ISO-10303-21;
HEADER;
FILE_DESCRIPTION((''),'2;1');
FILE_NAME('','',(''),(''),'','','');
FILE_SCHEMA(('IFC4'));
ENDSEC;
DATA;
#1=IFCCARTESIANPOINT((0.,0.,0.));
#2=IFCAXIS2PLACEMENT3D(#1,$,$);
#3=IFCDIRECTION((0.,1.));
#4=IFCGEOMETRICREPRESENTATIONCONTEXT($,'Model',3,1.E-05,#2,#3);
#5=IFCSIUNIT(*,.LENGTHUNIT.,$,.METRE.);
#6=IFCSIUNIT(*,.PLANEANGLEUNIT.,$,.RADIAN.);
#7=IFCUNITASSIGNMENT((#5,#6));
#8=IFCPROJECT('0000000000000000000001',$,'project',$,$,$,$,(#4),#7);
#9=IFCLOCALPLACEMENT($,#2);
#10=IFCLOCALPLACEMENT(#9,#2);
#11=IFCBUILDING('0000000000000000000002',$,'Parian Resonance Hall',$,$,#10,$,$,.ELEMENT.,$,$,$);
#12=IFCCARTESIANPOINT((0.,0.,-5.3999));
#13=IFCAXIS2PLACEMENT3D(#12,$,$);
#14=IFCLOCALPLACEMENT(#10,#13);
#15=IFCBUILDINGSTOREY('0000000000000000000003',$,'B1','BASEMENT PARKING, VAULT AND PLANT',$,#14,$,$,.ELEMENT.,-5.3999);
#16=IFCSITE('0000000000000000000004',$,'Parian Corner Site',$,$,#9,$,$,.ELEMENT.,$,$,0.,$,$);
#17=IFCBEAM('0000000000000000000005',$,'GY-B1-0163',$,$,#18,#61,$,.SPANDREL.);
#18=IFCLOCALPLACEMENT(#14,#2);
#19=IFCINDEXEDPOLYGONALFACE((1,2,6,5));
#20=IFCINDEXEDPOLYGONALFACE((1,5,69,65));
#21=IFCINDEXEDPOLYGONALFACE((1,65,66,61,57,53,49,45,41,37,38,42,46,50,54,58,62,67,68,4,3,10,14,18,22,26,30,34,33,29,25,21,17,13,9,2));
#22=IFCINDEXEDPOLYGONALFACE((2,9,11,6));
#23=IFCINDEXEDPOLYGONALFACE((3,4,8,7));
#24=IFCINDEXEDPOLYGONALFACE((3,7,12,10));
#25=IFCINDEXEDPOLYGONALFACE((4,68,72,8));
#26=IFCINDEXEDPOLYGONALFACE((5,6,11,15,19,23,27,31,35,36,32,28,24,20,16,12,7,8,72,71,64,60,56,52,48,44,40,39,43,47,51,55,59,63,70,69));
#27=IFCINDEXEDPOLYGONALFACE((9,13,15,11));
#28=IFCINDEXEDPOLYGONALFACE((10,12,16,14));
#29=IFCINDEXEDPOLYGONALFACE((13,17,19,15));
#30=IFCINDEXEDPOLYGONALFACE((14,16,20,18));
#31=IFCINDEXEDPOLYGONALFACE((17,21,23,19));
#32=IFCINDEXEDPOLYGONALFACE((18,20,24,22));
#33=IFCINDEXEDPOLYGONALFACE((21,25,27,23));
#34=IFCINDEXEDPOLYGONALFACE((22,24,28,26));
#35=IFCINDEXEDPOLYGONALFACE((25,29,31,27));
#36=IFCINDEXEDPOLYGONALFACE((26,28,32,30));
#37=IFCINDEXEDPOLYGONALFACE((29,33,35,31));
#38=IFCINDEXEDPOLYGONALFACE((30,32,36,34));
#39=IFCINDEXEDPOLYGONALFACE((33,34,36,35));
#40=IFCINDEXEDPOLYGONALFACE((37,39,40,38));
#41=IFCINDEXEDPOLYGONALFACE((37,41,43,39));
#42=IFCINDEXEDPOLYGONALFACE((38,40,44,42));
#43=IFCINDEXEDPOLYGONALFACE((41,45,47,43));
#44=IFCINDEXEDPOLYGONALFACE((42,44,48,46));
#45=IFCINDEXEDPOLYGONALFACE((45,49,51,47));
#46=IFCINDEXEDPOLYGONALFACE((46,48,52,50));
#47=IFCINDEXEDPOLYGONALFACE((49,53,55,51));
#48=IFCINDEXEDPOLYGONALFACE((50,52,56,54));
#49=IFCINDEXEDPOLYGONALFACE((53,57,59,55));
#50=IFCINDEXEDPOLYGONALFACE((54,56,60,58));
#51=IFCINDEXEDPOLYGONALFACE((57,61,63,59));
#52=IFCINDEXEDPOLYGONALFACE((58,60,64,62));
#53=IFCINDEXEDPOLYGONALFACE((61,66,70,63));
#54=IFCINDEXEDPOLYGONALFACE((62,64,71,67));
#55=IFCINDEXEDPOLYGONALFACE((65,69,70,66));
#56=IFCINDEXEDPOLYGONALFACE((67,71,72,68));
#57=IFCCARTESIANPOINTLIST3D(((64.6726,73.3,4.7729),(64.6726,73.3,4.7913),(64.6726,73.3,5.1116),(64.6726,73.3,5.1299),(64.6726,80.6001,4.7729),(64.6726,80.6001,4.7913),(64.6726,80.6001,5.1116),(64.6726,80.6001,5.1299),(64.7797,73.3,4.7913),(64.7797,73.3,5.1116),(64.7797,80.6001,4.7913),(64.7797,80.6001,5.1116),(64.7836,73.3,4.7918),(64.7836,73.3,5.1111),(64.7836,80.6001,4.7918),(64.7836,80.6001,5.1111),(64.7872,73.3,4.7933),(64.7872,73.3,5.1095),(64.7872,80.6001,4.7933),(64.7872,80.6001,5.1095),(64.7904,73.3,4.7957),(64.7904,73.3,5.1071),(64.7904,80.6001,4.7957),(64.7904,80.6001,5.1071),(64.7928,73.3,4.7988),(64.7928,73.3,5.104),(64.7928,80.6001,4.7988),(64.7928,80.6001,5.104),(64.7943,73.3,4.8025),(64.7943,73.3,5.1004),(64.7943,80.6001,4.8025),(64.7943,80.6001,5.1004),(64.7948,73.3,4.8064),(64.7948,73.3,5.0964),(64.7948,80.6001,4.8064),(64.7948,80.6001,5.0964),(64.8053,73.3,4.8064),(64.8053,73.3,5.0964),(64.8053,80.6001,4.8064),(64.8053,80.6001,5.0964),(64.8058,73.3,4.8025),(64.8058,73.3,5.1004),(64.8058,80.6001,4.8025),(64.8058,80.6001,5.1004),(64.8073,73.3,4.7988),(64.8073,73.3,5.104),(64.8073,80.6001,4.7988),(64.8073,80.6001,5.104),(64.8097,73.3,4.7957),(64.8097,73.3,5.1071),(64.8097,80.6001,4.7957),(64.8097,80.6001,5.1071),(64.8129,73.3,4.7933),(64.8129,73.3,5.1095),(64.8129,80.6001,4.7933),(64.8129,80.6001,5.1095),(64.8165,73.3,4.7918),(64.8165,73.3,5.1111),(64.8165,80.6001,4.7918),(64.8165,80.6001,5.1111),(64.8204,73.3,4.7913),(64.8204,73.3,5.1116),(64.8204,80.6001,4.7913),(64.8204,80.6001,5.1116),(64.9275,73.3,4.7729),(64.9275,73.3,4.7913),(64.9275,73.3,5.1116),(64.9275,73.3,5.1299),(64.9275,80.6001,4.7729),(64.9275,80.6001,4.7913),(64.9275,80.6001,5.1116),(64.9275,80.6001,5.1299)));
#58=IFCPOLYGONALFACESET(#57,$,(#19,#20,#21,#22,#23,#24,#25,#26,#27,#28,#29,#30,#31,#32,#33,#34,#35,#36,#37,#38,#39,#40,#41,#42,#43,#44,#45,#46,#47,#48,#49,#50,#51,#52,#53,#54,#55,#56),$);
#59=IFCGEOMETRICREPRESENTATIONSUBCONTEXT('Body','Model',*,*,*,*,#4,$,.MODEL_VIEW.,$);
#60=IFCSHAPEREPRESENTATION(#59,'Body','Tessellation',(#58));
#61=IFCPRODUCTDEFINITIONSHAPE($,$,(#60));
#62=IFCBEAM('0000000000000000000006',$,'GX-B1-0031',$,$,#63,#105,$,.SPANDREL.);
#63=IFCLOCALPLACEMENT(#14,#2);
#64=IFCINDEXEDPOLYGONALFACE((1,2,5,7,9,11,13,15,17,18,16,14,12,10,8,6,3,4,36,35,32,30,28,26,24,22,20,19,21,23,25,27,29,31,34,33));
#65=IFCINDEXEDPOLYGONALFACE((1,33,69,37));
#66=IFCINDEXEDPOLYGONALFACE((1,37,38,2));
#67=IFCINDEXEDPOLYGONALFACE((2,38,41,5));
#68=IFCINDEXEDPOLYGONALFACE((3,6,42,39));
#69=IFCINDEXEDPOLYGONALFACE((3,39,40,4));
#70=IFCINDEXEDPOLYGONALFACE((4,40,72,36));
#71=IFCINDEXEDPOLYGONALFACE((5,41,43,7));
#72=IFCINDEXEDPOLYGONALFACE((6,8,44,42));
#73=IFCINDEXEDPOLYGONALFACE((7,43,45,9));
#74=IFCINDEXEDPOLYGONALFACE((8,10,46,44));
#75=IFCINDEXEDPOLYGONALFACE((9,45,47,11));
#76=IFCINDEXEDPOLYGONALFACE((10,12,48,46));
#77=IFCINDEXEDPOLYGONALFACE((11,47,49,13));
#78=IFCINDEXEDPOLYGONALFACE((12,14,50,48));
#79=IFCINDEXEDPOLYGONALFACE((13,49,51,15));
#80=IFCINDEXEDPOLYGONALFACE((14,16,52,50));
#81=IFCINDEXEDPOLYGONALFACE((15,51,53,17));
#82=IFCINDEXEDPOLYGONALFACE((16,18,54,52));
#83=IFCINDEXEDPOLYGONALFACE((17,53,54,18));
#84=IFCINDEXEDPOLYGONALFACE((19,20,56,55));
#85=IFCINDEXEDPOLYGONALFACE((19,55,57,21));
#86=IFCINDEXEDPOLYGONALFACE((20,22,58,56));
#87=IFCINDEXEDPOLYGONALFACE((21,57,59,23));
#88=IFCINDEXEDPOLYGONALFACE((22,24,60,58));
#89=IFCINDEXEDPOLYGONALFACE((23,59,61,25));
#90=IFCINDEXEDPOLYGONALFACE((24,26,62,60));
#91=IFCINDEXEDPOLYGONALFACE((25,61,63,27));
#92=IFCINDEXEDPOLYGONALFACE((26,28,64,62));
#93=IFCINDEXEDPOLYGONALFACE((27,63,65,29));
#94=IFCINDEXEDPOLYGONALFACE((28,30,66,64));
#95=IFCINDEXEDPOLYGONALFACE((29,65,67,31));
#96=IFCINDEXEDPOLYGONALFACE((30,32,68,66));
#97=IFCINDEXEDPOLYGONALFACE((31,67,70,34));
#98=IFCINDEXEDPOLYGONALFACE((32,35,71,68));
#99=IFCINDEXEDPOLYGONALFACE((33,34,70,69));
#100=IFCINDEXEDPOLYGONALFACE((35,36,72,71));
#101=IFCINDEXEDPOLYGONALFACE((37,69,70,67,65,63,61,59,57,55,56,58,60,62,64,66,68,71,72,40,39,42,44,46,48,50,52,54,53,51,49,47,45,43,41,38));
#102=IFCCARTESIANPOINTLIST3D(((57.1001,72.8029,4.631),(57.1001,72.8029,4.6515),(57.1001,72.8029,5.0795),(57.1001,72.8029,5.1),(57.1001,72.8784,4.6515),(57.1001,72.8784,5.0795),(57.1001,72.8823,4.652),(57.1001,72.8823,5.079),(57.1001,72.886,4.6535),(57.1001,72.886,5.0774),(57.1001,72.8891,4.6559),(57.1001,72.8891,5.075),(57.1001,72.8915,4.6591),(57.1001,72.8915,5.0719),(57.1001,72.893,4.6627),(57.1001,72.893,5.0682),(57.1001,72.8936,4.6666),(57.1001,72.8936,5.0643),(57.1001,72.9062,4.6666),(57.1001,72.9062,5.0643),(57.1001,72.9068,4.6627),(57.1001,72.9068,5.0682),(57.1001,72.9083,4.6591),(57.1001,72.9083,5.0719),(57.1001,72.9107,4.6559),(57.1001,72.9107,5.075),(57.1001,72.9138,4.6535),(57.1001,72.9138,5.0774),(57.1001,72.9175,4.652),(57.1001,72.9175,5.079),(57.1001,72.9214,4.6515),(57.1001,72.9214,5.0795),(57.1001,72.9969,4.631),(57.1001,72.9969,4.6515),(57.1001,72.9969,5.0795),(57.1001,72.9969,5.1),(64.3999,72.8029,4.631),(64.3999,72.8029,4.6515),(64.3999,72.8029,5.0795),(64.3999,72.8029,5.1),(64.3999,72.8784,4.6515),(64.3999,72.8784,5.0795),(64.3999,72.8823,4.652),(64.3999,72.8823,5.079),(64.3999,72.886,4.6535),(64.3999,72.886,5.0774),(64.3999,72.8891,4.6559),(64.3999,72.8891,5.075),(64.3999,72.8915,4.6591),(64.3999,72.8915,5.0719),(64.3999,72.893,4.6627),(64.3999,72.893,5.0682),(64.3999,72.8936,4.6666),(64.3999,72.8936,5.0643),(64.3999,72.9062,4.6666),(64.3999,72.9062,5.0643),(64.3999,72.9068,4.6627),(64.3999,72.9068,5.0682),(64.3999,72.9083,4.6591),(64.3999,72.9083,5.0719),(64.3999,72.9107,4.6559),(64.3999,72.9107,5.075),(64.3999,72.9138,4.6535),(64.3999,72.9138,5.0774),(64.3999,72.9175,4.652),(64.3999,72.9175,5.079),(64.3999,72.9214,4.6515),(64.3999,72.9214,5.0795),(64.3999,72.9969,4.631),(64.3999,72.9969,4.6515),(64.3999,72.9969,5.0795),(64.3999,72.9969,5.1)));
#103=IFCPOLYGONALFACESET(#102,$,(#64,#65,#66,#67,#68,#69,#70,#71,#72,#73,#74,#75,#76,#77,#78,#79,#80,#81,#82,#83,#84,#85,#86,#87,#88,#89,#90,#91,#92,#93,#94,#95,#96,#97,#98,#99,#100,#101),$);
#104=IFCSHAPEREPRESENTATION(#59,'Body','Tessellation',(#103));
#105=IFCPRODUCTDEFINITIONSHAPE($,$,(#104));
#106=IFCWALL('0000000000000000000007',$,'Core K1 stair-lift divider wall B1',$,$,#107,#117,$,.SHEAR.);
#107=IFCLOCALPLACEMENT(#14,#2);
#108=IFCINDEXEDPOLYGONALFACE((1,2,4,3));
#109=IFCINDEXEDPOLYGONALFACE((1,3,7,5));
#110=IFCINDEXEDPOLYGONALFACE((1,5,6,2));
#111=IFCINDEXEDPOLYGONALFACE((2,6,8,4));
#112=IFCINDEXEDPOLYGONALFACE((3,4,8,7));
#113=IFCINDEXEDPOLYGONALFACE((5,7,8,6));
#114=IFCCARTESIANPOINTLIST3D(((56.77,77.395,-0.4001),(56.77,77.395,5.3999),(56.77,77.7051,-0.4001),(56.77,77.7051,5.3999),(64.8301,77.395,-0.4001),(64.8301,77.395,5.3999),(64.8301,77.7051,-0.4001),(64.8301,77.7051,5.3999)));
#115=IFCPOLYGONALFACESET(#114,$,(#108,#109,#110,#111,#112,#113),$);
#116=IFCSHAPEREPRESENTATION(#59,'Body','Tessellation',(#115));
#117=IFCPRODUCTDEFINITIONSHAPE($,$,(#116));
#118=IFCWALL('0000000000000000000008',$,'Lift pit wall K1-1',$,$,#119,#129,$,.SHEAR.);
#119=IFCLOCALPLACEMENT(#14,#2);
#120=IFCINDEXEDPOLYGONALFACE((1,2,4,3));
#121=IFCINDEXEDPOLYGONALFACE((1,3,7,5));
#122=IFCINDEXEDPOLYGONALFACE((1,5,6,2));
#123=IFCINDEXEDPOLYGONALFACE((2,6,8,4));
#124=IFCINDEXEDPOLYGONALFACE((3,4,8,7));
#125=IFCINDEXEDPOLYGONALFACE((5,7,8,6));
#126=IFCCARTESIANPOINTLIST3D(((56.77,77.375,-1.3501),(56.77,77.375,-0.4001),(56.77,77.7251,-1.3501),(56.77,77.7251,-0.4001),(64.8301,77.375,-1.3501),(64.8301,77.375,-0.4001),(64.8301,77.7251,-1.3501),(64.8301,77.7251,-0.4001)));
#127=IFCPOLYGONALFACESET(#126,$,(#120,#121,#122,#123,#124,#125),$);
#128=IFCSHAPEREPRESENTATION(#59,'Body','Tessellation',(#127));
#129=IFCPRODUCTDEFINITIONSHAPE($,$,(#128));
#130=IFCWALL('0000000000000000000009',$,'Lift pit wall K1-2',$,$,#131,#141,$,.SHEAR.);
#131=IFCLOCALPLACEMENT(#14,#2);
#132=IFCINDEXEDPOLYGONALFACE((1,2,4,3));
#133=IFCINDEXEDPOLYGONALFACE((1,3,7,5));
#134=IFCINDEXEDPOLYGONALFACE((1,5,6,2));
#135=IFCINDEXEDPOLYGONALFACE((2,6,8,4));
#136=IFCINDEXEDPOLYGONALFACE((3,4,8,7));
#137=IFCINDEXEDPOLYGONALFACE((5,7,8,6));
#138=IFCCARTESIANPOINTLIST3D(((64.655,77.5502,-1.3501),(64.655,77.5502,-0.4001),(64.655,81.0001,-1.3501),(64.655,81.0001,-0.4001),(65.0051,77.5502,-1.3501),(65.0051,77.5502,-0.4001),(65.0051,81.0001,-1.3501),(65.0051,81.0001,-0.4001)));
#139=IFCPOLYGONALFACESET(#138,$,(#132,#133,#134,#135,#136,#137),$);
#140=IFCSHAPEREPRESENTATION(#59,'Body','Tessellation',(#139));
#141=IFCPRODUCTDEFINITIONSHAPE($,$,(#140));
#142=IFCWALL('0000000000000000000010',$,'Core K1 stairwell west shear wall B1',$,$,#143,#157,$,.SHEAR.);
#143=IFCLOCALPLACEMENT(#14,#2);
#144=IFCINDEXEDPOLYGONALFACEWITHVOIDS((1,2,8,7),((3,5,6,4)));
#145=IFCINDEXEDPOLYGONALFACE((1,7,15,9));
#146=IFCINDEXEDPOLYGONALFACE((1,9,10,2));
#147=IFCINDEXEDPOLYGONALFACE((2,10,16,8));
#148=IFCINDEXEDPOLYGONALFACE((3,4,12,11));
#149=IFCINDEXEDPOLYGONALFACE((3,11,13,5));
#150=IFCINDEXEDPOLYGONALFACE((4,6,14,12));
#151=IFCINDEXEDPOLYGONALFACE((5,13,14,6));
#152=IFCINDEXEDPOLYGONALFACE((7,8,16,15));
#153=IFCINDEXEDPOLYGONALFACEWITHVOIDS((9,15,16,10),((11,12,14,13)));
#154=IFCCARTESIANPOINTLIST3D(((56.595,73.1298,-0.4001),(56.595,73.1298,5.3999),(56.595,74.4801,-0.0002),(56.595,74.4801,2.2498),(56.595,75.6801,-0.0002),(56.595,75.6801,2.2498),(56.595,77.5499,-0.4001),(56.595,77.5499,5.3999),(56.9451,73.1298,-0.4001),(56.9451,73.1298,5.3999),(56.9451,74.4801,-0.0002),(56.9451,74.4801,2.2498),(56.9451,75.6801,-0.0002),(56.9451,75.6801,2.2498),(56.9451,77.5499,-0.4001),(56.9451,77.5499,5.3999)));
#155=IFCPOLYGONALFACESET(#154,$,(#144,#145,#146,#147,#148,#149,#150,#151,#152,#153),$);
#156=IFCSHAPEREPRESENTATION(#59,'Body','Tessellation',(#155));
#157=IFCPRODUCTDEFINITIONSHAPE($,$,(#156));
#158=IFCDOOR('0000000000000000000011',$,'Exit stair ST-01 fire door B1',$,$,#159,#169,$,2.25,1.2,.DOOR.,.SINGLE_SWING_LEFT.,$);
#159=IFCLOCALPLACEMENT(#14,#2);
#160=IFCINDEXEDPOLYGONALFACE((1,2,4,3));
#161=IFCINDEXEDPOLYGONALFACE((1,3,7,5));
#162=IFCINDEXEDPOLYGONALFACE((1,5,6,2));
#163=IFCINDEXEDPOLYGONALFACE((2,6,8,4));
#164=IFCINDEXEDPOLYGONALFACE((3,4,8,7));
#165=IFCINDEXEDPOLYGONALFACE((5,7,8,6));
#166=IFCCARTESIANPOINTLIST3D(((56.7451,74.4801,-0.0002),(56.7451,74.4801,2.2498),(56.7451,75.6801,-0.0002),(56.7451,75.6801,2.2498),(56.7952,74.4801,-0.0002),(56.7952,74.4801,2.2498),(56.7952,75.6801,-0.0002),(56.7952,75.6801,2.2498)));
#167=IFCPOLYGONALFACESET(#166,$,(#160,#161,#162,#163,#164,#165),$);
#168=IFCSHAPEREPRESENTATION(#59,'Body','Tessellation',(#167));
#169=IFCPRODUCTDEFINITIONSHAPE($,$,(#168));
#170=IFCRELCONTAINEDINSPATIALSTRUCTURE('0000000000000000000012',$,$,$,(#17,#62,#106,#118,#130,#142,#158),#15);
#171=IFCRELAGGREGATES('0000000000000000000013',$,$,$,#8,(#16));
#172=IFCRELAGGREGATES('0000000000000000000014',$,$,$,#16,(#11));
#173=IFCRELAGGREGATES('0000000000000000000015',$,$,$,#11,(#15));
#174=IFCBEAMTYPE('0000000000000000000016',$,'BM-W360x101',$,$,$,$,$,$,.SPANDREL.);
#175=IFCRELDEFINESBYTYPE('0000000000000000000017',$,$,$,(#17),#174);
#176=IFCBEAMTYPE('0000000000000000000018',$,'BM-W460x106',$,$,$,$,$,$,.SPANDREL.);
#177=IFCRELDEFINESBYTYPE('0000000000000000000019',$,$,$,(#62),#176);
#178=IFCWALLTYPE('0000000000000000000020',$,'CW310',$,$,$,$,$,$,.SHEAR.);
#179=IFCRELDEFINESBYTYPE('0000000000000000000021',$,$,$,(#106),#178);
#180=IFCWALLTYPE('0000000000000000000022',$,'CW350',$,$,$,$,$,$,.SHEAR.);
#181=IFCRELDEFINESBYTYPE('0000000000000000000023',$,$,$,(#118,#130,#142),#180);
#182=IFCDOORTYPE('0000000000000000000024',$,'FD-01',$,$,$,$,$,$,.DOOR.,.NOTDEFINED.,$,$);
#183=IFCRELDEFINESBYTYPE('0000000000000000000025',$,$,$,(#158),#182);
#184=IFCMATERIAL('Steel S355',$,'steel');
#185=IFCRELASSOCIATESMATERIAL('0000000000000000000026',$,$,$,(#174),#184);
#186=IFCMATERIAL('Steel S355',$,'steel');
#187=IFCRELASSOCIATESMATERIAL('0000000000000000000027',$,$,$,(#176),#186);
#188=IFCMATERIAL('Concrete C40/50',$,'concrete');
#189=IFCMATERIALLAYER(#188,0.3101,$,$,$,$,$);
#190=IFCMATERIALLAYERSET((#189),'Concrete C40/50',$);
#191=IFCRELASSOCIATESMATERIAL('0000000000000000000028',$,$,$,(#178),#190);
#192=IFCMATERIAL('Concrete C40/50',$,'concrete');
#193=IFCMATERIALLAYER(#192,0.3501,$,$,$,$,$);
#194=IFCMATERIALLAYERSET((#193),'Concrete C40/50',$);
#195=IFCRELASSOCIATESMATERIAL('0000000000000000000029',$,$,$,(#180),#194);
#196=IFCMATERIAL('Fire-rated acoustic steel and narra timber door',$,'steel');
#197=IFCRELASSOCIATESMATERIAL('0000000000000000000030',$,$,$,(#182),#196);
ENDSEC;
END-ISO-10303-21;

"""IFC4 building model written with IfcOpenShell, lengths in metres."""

from ifc_helpers import new_model, si_unit, direction, frame, frame_2d, origin, origin_2d, place, context, subcontext, project, spatial, rectangle, i_section, extrude, material, layer, layer_set, material_profile, profile_set, type_object, element, fill, save


model = new_model("IFC4")

# Units and contexts
model_context = context("Model", 3, precision=1e-05, world=origin(), true_north=direction((0.0, 1.0)))
body_context = subcontext(model_context, "Body", "Model", "MODEL_VIEW")
ifc_project = project(units=[si_unit("LENGTHUNIT", "METRE"), si_unit("PLANEANGLEUNIT", "RADIAN")], contexts=[model_context])

# Site, building, storey
site_placement = place(None, origin())
site = spatial("IfcSite", under=ifc_project, at=site_placement, Name="Parian Corner Site", CompositionType="ELEMENT", RefElevation=0.0)
building_placement = place(site_placement, origin())
building = spatial("IfcBuilding", under=site, at=building_placement, Name="Parian Resonance Hall", CompositionType="ELEMENT")
storey_placement = place(building_placement, frame((0.0, 0.0, -5.3999)))
storey = spatial("IfcBuildingStorey", under=building, at=storey_placement, Name="B1", Description="BASEMENT PARKING, VAULT AND PLANT", CompositionType="ELEMENT", Elevation=-5.3999)

# Beams
ifc_material_1 = material(Name="Steel S355", Category="steel")
ifc_material_profile_1 = material_profile(ifc_material_1, i_section(OverallWidth=0.2549, OverallDepth=0.3569, WebThickness=0.0105, FlangeThickness=0.0183, FilletRadius=0.0151, at=origin_2d()), Name="W360x101")
ifc_profile_set_1 = profile_set([ifc_material_profile_1], Name="Steel S355")
beam_type_1 = type_object("IfcBeamType", Name="BM-W360x101", PredefinedType="SPANDREL", material=ifc_profile_set_1)
beam_1_placement = place(storey_placement, frame((64.8, 73.3, 4.9514), z_axis=(0.0, 1.0, 0.0), x_axis=(-1.0, 0.0, 0.0)))
element("IfcBeam", 1, at=beam_1_placement, inside=storey, type_object=beam_type_1, Name="GY-B1-0163", PredefinedType="SPANDREL", context=body_context, shape_type="SweptSolid", body=[
    extrude(i_section(OverallWidth=0.2549, OverallDepth=0.3569, WebThickness=0.0105, FlangeThickness=0.0183, FilletRadius=0.0151, at=origin_2d()), origin(), (0.0, 0.0, 1.0), 7.3),
])
ifc_material_2 = material(Name="Steel S355", Category="steel")
ifc_material_profile_2 = material_profile(ifc_material_2, i_section(OverallWidth=0.1941, OverallDepth=0.469, WebThickness=0.0127, FlangeThickness=0.0205, FilletRadius=0.0151, at=origin_2d()), Name="W460x106")
ifc_profile_set_2 = profile_set([ifc_material_profile_2], Name="Steel S355")
beam_type_2 = type_object("IfcBeamType", Name="BM-W460x106", PredefinedType="SPANDREL", material=ifc_profile_set_2)
beam_2_placement = place(storey_placement, frame((57.1001, 72.8999, 4.8655), z_axis=(1.0, 0.0, 0.0), x_axis=(0.0, 1.0, 0.0)))
element("IfcBeam", 2, at=beam_2_placement, inside=storey, type_object=beam_type_2, Name="GX-B1-0031", PredefinedType="SPANDREL", context=body_context, shape_type="SweptSolid", body=[
    extrude(i_section(OverallWidth=0.1941, OverallDepth=0.469, WebThickness=0.0127, FlangeThickness=0.0205, FilletRadius=0.0151, at=origin_2d()), origin(), (0.0, 0.0, 1.0), 7.2998),
])

# Walls
ifc_material_3 = material(Name="Concrete C40/50", Category="concrete")
ifc_layer_1 = layer(ifc_material_3, 0.3101)
ifc_layer_set_1 = layer_set([ifc_layer_1], Name="Concrete C40/50")
wall_type_1 = type_object("IfcWallType", Name="CW310", PredefinedType="SHEAR", material=ifc_layer_set_1)
wall_1_placement = place(storey_placement, frame((56.77, 77.55, -0.4001), z_axis=(0.0, 0.0, 1.0), x_axis=(1.0, 0.0, 0.0)))
element("IfcWall", 3, at=wall_1_placement, inside=storey, type_object=wall_type_1, Name="Core K1 stair-lift divider wall B1", PredefinedType="SHEAR", context=body_context, shape_type="SweptSolid", body=[
    extrude(rectangle(XDim=8.0601, YDim=0.3101, at=frame_2d((4.03, 0.0))), origin(), (0.0, 0.0, 1.0), 5.8),
])
ifc_material_4 = material(Name="Concrete C40/50", Category="concrete")
ifc_layer_2 = layer(ifc_material_4, 0.3501)
ifc_layer_set_2 = layer_set([ifc_layer_2], Name="Concrete C40/50")
wall_type_2 = type_object("IfcWallType", Name="CW350", PredefinedType="SHEAR", material=ifc_layer_set_2)
wall_2_placement = place(storey_placement, frame((56.77, 77.55, -1.3501), z_axis=(0.0, 0.0, 1.0), x_axis=(1.0, 0.0, 0.0)))
element("IfcWall", 4, at=wall_2_placement, inside=storey, type_object=wall_type_2, Name="Lift pit wall K1-1", PredefinedType="SHEAR", context=body_context, shape_type="SweptSolid", body=[
    extrude(rectangle(XDim=8.0601, YDim=0.3501, at=frame_2d((4.03, 0.0))), origin(), (0.0, 0.0, 1.0), 0.95),
])
wall_3_placement = place(storey_placement, frame((64.8301, 77.55, -1.3501), z_axis=(0.0, 0.0, 1.0), x_axis=(0.0, 1.0, 0.0)))
element("IfcWall", 5, at=wall_3_placement, inside=storey, type_object=wall_type_2, Name="Lift pit wall K1-2", PredefinedType="SHEAR", context=body_context, shape_type="SweptSolid", body=[
    extrude(rectangle(XDim=3.45, YDim=0.3501, at=frame_2d((1.7251, 0.0))), origin(), (0.0, 0.0, 1.0), 0.95),
])

# Wall, opening, door
wall_4_placement = place(storey_placement, frame((56.77, 73.1299, -0.4001), z_axis=(0.0, 0.0, 1.0), x_axis=(0.0, 1.0, 0.0)))
wall_4 = element("IfcWall", 6, at=wall_4_placement, inside=storey, type_object=wall_type_2, Name="Core K1 stairwell west shear wall B1", PredefinedType="SHEAR", context=body_context, shape_type="SweptSolid", body=[
    extrude(rectangle(XDim=4.4202, YDim=0.3501, at=frame_2d((2.21, 0.0))), origin(), (0.0, 0.0, 1.0), 5.8),
])
opening_1_placement = place(wall_4_placement, frame((1.3501, 0.0, 0.3999)))
opening_1 = element("IfcOpeningElement", 7, at=opening_1_placement, cuts=wall_4, PredefinedType="OPENING", context=body_context, shape_type="SweptSolid", body=[
    extrude(rectangle(XDim=1.2, YDim=2.25, at=frame_2d((0.6001, 1.125))), frame((0.0, 0.1851, 0.0), z_axis=(0.0, -1.0, 0.0), x_axis=(1.0, 0.0, 0.0)), (0.0, 0.0, 1.0), 0.3701),
])
ifc_material_5 = material(Name="Fire-rated acoustic steel and narra timber door", Category="steel")
door_type_1 = type_object("IfcDoorType", Name="FD-01", OperationType="NOTDEFINED", PredefinedType="DOOR", material=ifc_material_5)
door_1_placement = place(opening_1_placement, origin())
door_1 = element("IfcDoor", 8, at=door_1_placement, inside=storey, type_object=door_type_1, Name="Exit stair ST-01 fire door B1", OperationType="SINGLE_SWING_LEFT", OverallHeight=2.25, OverallWidth=1.2, PredefinedType="DOOR", context=body_context, shape_type="SweptSolid", body=[
    extrude(rectangle(XDim=1.2, YDim=2.25, at=frame_2d((0.6001, 1.125))), frame((0.0, 0.0249, 0.0), z_axis=(0.0, -1.0, 0.0), x_axis=(1.0, 0.0, 0.0)), (0.0, 0.0, 1.0), 0.05),
])
fill(opening_1, door_1)

save(model, "model.ifc")
